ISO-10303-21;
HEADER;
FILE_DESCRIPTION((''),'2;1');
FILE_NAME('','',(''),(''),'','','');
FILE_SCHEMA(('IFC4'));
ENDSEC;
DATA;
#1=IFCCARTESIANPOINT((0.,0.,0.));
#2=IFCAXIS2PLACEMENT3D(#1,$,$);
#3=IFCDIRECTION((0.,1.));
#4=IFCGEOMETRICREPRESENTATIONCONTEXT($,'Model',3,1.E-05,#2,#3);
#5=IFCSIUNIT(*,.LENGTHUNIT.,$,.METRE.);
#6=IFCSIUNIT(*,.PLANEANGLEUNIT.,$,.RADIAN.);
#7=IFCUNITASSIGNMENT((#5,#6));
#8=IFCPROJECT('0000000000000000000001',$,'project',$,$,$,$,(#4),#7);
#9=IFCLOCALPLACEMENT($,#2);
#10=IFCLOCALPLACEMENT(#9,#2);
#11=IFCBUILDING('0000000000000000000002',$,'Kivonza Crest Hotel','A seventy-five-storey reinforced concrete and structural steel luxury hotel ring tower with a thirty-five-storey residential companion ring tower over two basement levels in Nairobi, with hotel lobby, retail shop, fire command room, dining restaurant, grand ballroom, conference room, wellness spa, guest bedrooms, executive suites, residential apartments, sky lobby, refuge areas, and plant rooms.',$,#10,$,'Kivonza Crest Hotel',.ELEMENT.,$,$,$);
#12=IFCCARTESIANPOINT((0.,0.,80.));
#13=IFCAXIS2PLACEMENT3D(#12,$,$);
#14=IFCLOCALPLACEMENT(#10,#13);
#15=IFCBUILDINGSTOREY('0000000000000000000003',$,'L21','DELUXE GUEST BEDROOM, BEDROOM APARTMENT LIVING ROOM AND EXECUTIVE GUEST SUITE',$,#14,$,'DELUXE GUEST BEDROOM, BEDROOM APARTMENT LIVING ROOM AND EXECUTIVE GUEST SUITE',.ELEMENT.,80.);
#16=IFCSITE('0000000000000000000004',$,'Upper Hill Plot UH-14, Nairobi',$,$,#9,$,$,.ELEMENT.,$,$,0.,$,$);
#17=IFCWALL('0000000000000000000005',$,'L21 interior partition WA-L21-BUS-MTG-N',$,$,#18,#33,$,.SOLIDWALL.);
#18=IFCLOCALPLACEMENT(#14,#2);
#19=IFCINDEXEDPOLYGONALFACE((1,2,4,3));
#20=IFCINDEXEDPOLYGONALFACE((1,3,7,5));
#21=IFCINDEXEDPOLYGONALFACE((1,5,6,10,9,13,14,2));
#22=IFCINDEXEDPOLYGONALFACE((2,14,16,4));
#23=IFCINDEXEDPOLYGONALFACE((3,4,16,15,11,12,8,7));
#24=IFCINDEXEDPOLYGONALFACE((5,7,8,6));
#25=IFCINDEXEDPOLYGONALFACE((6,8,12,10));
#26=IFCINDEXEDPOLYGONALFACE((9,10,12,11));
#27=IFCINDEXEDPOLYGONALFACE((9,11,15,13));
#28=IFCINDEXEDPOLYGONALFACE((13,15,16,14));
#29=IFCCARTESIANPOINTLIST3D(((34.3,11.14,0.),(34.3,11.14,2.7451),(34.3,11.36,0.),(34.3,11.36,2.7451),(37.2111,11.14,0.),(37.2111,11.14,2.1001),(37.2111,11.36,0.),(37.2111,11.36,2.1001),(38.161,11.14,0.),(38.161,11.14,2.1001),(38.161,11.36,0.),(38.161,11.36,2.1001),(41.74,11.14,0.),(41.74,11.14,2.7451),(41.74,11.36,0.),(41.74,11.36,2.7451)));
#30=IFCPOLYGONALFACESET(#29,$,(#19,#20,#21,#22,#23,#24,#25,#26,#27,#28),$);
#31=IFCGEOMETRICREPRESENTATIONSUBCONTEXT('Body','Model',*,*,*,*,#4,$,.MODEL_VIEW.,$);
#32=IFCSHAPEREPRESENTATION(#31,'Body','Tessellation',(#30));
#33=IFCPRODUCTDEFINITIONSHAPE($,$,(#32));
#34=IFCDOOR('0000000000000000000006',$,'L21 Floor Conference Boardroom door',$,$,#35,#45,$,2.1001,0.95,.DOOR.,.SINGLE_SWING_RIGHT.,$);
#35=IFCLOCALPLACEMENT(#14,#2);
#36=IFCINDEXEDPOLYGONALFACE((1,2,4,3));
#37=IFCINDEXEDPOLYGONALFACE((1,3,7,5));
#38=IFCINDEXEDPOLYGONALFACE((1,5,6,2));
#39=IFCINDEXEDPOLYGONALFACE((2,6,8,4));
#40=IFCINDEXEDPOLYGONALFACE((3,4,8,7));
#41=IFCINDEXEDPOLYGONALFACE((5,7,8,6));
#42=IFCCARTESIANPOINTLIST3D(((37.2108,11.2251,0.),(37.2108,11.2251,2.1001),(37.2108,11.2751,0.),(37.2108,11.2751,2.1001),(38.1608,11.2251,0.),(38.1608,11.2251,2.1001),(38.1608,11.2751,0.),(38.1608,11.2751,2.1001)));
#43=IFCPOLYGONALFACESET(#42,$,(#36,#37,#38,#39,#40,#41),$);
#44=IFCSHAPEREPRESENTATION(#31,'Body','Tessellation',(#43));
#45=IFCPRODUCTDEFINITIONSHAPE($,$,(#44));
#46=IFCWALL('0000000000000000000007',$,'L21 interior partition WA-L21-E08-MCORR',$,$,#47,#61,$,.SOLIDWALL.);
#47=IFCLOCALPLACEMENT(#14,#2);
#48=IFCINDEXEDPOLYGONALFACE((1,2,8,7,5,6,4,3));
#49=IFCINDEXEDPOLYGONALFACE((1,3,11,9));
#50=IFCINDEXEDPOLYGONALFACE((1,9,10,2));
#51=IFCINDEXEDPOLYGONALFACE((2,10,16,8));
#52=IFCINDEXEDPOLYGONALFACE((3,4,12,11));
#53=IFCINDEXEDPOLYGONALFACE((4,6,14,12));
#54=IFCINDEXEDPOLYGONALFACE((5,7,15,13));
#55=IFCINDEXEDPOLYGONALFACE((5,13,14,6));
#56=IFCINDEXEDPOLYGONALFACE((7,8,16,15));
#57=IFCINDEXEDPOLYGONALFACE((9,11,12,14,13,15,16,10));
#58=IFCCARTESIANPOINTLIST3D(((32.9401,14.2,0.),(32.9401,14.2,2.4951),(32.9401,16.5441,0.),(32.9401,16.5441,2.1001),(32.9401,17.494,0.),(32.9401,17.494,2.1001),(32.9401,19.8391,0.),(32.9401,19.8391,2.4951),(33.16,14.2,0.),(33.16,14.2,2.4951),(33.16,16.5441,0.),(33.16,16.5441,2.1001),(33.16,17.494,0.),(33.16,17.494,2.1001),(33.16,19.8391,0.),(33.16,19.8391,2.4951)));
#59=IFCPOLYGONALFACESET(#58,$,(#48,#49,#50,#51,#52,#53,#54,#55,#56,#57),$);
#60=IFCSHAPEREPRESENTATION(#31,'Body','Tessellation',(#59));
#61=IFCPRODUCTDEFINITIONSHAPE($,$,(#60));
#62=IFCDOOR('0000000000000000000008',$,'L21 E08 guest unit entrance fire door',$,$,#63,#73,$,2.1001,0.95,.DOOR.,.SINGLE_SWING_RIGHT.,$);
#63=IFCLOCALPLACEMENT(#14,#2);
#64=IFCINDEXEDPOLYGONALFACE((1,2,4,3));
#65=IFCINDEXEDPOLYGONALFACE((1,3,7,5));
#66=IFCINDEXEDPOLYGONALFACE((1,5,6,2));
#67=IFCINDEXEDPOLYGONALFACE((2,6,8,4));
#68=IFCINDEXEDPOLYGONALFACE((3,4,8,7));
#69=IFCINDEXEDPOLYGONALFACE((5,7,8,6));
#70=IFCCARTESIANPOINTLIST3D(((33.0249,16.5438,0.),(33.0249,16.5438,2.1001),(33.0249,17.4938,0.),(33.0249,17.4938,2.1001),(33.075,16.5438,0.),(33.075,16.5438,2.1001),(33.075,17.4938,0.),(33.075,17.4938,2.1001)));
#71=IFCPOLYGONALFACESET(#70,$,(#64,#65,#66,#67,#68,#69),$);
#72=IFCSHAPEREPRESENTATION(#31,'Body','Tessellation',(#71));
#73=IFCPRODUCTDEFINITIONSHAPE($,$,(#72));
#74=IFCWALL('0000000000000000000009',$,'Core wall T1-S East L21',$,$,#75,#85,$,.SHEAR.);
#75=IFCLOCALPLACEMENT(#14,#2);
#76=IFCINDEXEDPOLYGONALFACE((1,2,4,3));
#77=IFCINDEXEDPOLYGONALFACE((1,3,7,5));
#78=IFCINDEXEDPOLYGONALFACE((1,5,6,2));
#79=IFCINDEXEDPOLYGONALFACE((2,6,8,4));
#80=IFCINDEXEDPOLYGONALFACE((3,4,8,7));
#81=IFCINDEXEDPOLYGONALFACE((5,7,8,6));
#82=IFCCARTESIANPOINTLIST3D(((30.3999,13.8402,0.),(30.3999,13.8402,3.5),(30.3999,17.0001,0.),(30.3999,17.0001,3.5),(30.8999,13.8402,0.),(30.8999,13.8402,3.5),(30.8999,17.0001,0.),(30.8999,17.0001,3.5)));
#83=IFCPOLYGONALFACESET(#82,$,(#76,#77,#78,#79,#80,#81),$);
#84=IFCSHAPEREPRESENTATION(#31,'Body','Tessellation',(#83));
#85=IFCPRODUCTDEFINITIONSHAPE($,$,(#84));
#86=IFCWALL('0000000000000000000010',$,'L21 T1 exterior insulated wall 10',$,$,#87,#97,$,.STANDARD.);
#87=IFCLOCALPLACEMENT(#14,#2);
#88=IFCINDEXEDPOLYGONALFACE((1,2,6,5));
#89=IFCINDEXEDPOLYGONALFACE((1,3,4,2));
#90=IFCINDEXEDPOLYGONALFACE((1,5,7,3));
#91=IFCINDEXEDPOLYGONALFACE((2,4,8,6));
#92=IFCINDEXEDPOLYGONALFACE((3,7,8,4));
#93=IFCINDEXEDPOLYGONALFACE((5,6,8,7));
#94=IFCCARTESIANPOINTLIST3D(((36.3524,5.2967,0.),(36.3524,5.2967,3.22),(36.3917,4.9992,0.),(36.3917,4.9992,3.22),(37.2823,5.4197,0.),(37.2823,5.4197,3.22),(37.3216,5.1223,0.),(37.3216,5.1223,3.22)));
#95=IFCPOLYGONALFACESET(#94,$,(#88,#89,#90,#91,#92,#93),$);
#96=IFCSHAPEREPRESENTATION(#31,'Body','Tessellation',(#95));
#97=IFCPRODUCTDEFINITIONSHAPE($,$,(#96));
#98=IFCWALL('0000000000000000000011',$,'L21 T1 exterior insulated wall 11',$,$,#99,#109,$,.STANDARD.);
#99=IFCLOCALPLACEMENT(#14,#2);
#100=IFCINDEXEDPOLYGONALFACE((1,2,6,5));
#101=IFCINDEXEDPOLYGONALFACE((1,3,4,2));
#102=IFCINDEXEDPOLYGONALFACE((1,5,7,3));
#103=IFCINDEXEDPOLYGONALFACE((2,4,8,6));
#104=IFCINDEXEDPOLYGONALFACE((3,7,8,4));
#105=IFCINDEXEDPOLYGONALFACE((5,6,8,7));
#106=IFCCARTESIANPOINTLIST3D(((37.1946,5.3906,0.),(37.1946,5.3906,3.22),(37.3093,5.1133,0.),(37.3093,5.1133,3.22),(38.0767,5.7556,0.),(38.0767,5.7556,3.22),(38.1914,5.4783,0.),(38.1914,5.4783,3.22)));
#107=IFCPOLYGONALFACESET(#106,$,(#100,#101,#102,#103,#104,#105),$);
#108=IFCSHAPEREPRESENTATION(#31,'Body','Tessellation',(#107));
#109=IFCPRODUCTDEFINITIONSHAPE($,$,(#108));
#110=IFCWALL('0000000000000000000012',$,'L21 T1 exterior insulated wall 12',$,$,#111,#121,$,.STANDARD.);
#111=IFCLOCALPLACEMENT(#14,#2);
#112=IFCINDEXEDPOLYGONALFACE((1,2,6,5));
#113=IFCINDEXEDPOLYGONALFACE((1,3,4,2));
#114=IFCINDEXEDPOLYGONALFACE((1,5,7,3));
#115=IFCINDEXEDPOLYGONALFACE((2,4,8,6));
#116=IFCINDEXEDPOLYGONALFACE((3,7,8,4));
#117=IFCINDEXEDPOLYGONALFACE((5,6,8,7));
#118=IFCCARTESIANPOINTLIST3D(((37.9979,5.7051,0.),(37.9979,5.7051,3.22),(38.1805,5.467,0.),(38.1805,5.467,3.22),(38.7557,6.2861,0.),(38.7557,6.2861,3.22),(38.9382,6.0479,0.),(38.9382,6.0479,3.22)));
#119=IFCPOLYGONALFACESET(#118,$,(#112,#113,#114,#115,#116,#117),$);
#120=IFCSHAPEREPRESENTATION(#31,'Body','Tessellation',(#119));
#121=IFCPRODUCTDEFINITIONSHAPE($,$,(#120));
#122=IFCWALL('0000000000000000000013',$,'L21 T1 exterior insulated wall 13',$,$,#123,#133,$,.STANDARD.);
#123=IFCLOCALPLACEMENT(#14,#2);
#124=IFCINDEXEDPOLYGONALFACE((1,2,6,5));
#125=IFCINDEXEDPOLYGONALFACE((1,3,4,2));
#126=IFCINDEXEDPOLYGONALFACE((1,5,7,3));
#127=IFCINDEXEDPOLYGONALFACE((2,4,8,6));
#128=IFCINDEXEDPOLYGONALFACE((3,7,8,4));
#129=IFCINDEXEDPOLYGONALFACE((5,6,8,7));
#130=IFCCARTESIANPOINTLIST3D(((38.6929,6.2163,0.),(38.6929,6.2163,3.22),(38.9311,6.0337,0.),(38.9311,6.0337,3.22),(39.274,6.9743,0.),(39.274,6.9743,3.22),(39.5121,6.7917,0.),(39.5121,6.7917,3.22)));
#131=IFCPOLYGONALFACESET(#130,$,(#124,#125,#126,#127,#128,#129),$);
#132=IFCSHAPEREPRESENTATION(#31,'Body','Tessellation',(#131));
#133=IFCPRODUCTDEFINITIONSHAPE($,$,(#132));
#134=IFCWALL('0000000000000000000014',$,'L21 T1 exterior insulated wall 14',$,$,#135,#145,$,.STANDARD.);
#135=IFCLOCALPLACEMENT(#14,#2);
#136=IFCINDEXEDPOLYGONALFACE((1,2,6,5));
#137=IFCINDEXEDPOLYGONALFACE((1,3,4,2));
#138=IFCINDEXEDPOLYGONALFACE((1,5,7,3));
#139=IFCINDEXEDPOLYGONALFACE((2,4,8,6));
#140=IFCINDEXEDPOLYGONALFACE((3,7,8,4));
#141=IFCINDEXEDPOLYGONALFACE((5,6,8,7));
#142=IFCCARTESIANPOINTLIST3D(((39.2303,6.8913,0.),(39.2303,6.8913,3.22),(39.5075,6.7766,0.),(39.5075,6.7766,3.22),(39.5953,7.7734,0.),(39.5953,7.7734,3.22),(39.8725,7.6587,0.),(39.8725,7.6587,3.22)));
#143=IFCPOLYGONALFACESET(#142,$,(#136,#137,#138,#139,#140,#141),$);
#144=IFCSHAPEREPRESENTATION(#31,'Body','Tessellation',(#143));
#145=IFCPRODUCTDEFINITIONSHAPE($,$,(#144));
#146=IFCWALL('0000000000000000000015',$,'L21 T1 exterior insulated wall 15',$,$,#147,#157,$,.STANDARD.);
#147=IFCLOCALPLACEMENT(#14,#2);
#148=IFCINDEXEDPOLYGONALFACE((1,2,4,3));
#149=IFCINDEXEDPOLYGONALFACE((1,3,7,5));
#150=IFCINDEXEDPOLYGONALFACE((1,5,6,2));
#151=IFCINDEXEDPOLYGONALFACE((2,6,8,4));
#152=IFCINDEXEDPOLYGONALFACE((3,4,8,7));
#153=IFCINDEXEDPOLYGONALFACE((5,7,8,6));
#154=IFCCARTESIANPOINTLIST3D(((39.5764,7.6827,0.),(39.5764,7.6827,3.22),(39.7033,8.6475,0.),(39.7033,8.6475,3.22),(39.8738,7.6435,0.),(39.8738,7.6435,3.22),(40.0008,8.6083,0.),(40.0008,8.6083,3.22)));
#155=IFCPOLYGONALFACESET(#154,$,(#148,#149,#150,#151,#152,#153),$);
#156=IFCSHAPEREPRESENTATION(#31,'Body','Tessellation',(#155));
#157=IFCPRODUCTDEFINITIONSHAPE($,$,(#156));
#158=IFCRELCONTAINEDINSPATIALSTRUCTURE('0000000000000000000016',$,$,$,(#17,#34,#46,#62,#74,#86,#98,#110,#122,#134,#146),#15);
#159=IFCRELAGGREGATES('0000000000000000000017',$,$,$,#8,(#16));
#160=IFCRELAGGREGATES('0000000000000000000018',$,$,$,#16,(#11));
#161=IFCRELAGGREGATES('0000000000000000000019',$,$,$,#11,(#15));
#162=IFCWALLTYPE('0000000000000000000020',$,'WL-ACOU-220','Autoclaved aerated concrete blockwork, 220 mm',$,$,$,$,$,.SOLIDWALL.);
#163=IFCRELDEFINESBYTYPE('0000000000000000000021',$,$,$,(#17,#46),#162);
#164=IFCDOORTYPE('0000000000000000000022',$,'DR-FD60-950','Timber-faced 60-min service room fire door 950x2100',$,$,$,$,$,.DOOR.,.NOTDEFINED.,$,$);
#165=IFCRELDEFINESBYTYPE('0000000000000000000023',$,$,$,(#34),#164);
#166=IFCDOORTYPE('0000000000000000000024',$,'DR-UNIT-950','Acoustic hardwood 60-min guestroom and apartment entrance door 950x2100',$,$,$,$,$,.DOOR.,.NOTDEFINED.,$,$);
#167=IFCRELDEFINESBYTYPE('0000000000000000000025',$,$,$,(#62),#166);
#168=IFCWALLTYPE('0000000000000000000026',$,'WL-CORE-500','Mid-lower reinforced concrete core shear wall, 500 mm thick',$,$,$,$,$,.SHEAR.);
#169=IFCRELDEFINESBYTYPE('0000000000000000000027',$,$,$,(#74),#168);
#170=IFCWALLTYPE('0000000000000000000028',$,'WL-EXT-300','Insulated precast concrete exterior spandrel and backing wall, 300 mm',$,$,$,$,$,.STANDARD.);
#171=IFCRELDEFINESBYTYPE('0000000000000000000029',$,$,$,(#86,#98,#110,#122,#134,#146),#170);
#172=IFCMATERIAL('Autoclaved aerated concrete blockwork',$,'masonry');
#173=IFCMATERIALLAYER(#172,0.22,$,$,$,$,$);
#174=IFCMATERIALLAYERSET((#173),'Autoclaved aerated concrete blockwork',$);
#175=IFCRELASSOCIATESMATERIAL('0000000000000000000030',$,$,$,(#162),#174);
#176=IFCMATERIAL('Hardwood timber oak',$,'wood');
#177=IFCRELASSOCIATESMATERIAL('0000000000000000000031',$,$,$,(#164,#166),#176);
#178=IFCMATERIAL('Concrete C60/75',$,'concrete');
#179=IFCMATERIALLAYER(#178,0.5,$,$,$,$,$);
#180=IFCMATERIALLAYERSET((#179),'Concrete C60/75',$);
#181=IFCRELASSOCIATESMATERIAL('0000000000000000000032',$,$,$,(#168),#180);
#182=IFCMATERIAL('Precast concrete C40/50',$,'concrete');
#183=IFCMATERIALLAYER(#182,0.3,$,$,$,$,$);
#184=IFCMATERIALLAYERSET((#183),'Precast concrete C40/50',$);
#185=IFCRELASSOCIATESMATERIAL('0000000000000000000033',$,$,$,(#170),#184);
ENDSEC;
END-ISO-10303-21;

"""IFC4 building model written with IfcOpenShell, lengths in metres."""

from ifc_helpers import new_model, si_unit, direction, frame, frame_2d, origin, place, context, subcontext, project, spatial, rectangle, extrude, material, layer, layer_set, type_object, element, fill, save


model = new_model("IFC4")

# Units and contexts
model_context = context("Model", 3, precision=1e-05, world=origin(), true_north=direction((0.0, 1.0)))
body_context = subcontext(model_context, "Body", "Model", "MODEL_VIEW")
ifc_project = project(units=[si_unit("LENGTHUNIT", "METRE"), si_unit("PLANEANGLEUNIT", "RADIAN")], contexts=[model_context])

# Site, building, storey
site_placement = place(None, origin())
site = spatial("IfcSite", under=ifc_project, at=site_placement, Name="Upper Hill Plot UH-14, Nairobi", CompositionType="ELEMENT", RefElevation=0.0)
building_placement = place(site_placement, origin())
building = spatial("IfcBuilding", under=site, at=building_placement, Name="Kivonza Crest Hotel", Description="A seventy-five-storey reinforced concrete and structural steel luxury hotel ring tower with a thirty-five-storey residential companion ring tower over two basement levels in Nairobi, with hotel lobby, retail shop, fire command room, dining restaurant, grand ballroom, conference room, wellness spa, guest bedrooms, executive suites, residential apartments, sky lobby, refuge areas, and plant rooms.", LongName="Kivonza Crest Hotel", CompositionType="ELEMENT")
storey_placement = place(building_placement, frame((0.0, 0.0, 80.0)))
storey = spatial("IfcBuildingStorey", under=building, at=storey_placement, Name="L21", Description="DELUXE GUEST BEDROOM, BEDROOM APARTMENT LIVING ROOM AND EXECUTIVE GUEST SUITE", LongName="DELUXE GUEST BEDROOM, BEDROOM APARTMENT LIVING ROOM AND EXECUTIVE GUEST SUITE", CompositionType="ELEMENT", Elevation=80.0)

# Shared definitions
ifc_material_1 = material(Name="Concrete C60/75", Category="concrete")

# Walls, openings, doors
ifc_material_2 = material(Name="Autoclaved aerated concrete blockwork", Category="masonry")
ifc_layer_1 = layer(ifc_material_2, 0.22)
ifc_layer_set_1 = layer_set([ifc_layer_1], Name="Autoclaved aerated concrete blockwork")
wall_type_1 = type_object("IfcWallType", Name="WL-ACOU-220", Description="Autoclaved aerated concrete blockwork, 220 mm", PredefinedType="SOLIDWALL", material=ifc_layer_set_1)
wall_1_placement = place(storey_placement, frame((34.3, 11.25, 0.0), z_axis=(0.0, 0.0, 1.0), x_axis=(1.0, 0.0, 0.0)))
wall_1 = element("IfcWall", 1, at=wall_1_placement, inside=storey, type_object=wall_type_1, Name="L21 interior partition WA-L21-BUS-MTG-N", PredefinedType="SOLIDWALL", context=body_context, shape_type="SweptSolid", body=[
    extrude(rectangle(XDim=7.4399, YDim=0.22, at=frame_2d((3.72, 0.0))), origin(), (0.0, 0.0, 1.0), 2.7451),
])
opening_1_placement = place(wall_1_placement, frame((2.9109, 0.0, 0.0)))
opening_1 = element("IfcOpeningElement", 2, at=opening_1_placement, cuts=wall_1, PredefinedType="OPENING", context=body_context, shape_type="SweptSolid", body=[
    extrude(rectangle(XDim=0.95, YDim=2.1001, at=frame_2d((0.4751, 1.05))), frame((0.0, 0.1201, 0.0), z_axis=(0.0, -1.0, 0.0), x_axis=(1.0, 0.0, 0.0)), (0.0, 0.0, 1.0), 0.24),
])
ifc_material_3 = material(Name="Hardwood timber oak", Category="wood")
door_type_1 = type_object("IfcDoorType", Name="DR-FD60-950", Description="Timber-faced 60-min service room fire door 950x2100", OperationType="NOTDEFINED", PredefinedType="DOOR", material=ifc_material_3)
door_1_placement = place(opening_1_placement, frame((0.95, 0.0, 0.0), z_axis=(0.0, 0.0, 1.0), x_axis=(-1.0, 0.0, 0.0)))
door_1 = element("IfcDoor", 3, at=door_1_placement, inside=storey, type_object=door_type_1, Name="L21 Floor Conference Boardroom door", OperationType="SINGLE_SWING_RIGHT", OverallHeight=2.1001, OverallWidth=0.95, PredefinedType="DOOR", context=body_context, shape_type="SweptSolid", body=[
    extrude(rectangle(XDim=0.95, YDim=2.1001, at=frame_2d((0.4751, 1.05))), frame((0.0, 0.0249, 0.0), z_axis=(0.0, -1.0, 0.0), x_axis=(1.0, 0.0, 0.0)), (0.0, 0.0, 1.0), 0.05),
])
fill(opening_1, door_1)
wall_2_placement = place(storey_placement, frame((33.05, 14.2, 0.0), z_axis=(0.0, 0.0, 1.0), x_axis=(0.0, 1.0, 0.0)))
wall_2 = element("IfcWall", 4, at=wall_2_placement, inside=storey, type_object=wall_type_1, Name="L21 interior partition WA-L21-E08-MCORR", PredefinedType="SOLIDWALL", context=body_context, shape_type="SweptSolid", body=[
    extrude(rectangle(XDim=5.6392, YDim=0.22, at=frame_2d((2.8196, 0.0))), origin(), (0.0, 0.0, 1.0), 2.4951),
])
opening_2_placement = place(wall_2_placement, frame((2.344, 0.0, 0.0)))
opening_2 = element("IfcOpeningElement", 5, at=opening_2_placement, cuts=wall_2, PredefinedType="OPENING", context=body_context, shape_type="SweptSolid", body=[
    extrude(rectangle(XDim=0.95, YDim=2.1001, at=frame_2d((0.4751, 1.05))), frame((0.0, 0.1201, 0.0), z_axis=(0.0, -1.0, 0.0), x_axis=(1.0, 0.0, 0.0)), (0.0, 0.0, 1.0), 0.24),
])
door_type_2 = type_object("IfcDoorType", Name="DR-UNIT-950", Description="Acoustic hardwood 60-min guestroom and apartment entrance door 950x2100", OperationType="NOTDEFINED", PredefinedType="DOOR", material=ifc_material_3)
door_2_placement = place(opening_2_placement, frame((0.95, 0.0, 0.0), z_axis=(0.0, 0.0, 1.0), x_axis=(-1.0, 0.0, 0.0)))
door_2 = element("IfcDoor", 6, at=door_2_placement, inside=storey, type_object=door_type_2, Name="L21 E08 guest unit entrance fire door", OperationType="SINGLE_SWING_RIGHT", OverallHeight=2.1001, OverallWidth=0.95, PredefinedType="DOOR", context=body_context, shape_type="SweptSolid", body=[
    extrude(rectangle(XDim=0.95, YDim=2.1001, at=frame_2d((0.4751, 1.05))), frame((0.0, 0.0249, 0.0), z_axis=(0.0, -1.0, 0.0), x_axis=(1.0, 0.0, 0.0)), (0.0, 0.0, 1.0), 0.05),
])
fill(opening_2, door_2)

# Walls
ifc_layer_2 = layer(ifc_material_1, 0.5)
ifc_layer_set_2 = layer_set([ifc_layer_2], Name="Concrete C60/75")
wall_type_2 = type_object("IfcWallType", Name="WL-CORE-500", Description="Mid-lower reinforced concrete core shear wall, 500 mm thick", PredefinedType="SHEAR", material=ifc_layer_set_2)
wall_3_placement = place(storey_placement, frame((30.6499, 13.8401, 0.0), z_axis=(0.0, 0.0, 1.0), x_axis=(0.0, 1.0, 0.0)))
element("IfcWall", 7, at=wall_3_placement, inside=storey, type_object=wall_type_2, Name="Core wall T1-S East L21", PredefinedType="SHEAR", context=body_context, shape_type="SweptSolid", body=[
    extrude(rectangle(XDim=3.1599, YDim=0.5, at=frame_2d((1.5801, 0.0))), origin(), (0.0, 0.0, 1.0), 3.5),
])
ifc_material_4 = material(Name="Precast concrete C40/50", Category="concrete")
ifc_layer_3 = layer(ifc_material_4, 0.3)
ifc_layer_set_3 = layer_set([ifc_layer_3], Name="Precast concrete C40/50")
wall_type_3 = type_object("IfcWallType", Name="WL-EXT-300", Description="Insulated precast concrete exterior spandrel and backing wall, 300 mm", PredefinedType="STANDARD", material=ifc_layer_set_3)
wall_4_placement = place(storey_placement, frame((36.3721, 5.1479, 0.0), z_axis=(0.0, 0.0, 1.0), x_axis=(0.991359, 0.131175, 0.0)))
element("IfcWall", 8, at=wall_4_placement, inside=storey, type_object=wall_type_3, Name="L21 T1 exterior insulated wall 10", PredefinedType="STANDARD", context=body_context, shape_type="SweptSolid", body=[
    extrude(rectangle(XDim=0.938, YDim=0.3, at=frame_2d((0.469, 0.0))), origin(), (0.0, 0.0, 1.0), 3.22),
])
wall_5_placement = place(storey_placement, frame((37.252, 5.252, 0.0), z_axis=(0.0, 0.0, 1.0), x_axis=(0.92402, 0.382344, 0.0)))
element("IfcWall", 9, at=wall_5_placement, inside=storey, type_object=wall_type_3, Name="L21 T1 exterior insulated wall 11", PredefinedType="STANDARD", context=body_context, shape_type="SweptSolid", body=[
    extrude(rectangle(XDim=0.9546, YDim=0.3, at=frame_2d((0.4773, 0.0))), origin(), (0.0, 0.0, 1.0), 3.22),
])
wall_6_placement = place(storey_placement, frame((38.0891, 5.5859, 0.0), z_axis=(0.0, 0.0, 1.0), x_axis=(0.793573, 0.608474, 0.0)))
element("IfcWall", 10, at=wall_6_placement, inside=storey, type_object=wall_type_3, Name="L21 T1 exterior insulated wall 12", PredefinedType="STANDARD", context=body_context, shape_type="SweptSolid", body=[
    extrude(rectangle(XDim=0.9548, YDim=0.3, at=frame_2d((0.4775, 0.0))), origin(), (0.0, 0.0, 1.0), 3.22),
])
wall_7_placement = place(storey_placement, frame((38.812, 6.125, 0.0), z_axis=(0.0, 0.0, 1.0), x_axis=(0.608351, 0.793668, 0.0)))
element("IfcWall", 11, at=wall_7_placement, inside=storey, type_object=wall_type_3, Name="L21 T1 exterior insulated wall 13", PredefinedType="STANDARD", context=body_context, shape_type="SweptSolid", body=[
    extrude(rectangle(XDim=0.9551, YDim=0.3, at=frame_2d((0.4775, 0.0))), origin(), (0.0, 0.0, 1.0), 3.22),
])
wall_8_placement = place(storey_placement, frame((39.3689, 6.834, 0.0), z_axis=(0.0, 0.0, 1.0), x_axis=(0.382344, 0.92402, 0.0)))
element("IfcWall", 12, at=wall_8_placement, inside=storey, type_object=wall_type_3, Name="L21 T1 exterior insulated wall 14", PredefinedType="STANDARD", context=body_context, shape_type="SweptSolid", body=[
    extrude(rectangle(XDim=0.9546, YDim=0.3, at=frame_2d((0.4773, 0.0))), origin(), (0.0, 0.0, 1.0), 3.22),
])
wall_9_placement = place(storey_placement, frame((39.7251, 7.6631, 0.0), z_axis=(0.0, 0.0, 1.0), x_axis=(0.130455, 0.991454, 0.0)))
element("IfcWall", 13, at=wall_9_placement, inside=storey, type_object=wall_type_3, Name="L21 T1 exterior insulated wall 15", PredefinedType="STANDARD", context=body_context, shape_type="SweptSolid", body=[
    extrude(rectangle(XDim=0.9731, YDim=0.3, at=frame_2d((0.4866, 0.0))), origin(), (0.0, 0.0, 1.0), 3.22),
])

save(model, "model.ifc")
